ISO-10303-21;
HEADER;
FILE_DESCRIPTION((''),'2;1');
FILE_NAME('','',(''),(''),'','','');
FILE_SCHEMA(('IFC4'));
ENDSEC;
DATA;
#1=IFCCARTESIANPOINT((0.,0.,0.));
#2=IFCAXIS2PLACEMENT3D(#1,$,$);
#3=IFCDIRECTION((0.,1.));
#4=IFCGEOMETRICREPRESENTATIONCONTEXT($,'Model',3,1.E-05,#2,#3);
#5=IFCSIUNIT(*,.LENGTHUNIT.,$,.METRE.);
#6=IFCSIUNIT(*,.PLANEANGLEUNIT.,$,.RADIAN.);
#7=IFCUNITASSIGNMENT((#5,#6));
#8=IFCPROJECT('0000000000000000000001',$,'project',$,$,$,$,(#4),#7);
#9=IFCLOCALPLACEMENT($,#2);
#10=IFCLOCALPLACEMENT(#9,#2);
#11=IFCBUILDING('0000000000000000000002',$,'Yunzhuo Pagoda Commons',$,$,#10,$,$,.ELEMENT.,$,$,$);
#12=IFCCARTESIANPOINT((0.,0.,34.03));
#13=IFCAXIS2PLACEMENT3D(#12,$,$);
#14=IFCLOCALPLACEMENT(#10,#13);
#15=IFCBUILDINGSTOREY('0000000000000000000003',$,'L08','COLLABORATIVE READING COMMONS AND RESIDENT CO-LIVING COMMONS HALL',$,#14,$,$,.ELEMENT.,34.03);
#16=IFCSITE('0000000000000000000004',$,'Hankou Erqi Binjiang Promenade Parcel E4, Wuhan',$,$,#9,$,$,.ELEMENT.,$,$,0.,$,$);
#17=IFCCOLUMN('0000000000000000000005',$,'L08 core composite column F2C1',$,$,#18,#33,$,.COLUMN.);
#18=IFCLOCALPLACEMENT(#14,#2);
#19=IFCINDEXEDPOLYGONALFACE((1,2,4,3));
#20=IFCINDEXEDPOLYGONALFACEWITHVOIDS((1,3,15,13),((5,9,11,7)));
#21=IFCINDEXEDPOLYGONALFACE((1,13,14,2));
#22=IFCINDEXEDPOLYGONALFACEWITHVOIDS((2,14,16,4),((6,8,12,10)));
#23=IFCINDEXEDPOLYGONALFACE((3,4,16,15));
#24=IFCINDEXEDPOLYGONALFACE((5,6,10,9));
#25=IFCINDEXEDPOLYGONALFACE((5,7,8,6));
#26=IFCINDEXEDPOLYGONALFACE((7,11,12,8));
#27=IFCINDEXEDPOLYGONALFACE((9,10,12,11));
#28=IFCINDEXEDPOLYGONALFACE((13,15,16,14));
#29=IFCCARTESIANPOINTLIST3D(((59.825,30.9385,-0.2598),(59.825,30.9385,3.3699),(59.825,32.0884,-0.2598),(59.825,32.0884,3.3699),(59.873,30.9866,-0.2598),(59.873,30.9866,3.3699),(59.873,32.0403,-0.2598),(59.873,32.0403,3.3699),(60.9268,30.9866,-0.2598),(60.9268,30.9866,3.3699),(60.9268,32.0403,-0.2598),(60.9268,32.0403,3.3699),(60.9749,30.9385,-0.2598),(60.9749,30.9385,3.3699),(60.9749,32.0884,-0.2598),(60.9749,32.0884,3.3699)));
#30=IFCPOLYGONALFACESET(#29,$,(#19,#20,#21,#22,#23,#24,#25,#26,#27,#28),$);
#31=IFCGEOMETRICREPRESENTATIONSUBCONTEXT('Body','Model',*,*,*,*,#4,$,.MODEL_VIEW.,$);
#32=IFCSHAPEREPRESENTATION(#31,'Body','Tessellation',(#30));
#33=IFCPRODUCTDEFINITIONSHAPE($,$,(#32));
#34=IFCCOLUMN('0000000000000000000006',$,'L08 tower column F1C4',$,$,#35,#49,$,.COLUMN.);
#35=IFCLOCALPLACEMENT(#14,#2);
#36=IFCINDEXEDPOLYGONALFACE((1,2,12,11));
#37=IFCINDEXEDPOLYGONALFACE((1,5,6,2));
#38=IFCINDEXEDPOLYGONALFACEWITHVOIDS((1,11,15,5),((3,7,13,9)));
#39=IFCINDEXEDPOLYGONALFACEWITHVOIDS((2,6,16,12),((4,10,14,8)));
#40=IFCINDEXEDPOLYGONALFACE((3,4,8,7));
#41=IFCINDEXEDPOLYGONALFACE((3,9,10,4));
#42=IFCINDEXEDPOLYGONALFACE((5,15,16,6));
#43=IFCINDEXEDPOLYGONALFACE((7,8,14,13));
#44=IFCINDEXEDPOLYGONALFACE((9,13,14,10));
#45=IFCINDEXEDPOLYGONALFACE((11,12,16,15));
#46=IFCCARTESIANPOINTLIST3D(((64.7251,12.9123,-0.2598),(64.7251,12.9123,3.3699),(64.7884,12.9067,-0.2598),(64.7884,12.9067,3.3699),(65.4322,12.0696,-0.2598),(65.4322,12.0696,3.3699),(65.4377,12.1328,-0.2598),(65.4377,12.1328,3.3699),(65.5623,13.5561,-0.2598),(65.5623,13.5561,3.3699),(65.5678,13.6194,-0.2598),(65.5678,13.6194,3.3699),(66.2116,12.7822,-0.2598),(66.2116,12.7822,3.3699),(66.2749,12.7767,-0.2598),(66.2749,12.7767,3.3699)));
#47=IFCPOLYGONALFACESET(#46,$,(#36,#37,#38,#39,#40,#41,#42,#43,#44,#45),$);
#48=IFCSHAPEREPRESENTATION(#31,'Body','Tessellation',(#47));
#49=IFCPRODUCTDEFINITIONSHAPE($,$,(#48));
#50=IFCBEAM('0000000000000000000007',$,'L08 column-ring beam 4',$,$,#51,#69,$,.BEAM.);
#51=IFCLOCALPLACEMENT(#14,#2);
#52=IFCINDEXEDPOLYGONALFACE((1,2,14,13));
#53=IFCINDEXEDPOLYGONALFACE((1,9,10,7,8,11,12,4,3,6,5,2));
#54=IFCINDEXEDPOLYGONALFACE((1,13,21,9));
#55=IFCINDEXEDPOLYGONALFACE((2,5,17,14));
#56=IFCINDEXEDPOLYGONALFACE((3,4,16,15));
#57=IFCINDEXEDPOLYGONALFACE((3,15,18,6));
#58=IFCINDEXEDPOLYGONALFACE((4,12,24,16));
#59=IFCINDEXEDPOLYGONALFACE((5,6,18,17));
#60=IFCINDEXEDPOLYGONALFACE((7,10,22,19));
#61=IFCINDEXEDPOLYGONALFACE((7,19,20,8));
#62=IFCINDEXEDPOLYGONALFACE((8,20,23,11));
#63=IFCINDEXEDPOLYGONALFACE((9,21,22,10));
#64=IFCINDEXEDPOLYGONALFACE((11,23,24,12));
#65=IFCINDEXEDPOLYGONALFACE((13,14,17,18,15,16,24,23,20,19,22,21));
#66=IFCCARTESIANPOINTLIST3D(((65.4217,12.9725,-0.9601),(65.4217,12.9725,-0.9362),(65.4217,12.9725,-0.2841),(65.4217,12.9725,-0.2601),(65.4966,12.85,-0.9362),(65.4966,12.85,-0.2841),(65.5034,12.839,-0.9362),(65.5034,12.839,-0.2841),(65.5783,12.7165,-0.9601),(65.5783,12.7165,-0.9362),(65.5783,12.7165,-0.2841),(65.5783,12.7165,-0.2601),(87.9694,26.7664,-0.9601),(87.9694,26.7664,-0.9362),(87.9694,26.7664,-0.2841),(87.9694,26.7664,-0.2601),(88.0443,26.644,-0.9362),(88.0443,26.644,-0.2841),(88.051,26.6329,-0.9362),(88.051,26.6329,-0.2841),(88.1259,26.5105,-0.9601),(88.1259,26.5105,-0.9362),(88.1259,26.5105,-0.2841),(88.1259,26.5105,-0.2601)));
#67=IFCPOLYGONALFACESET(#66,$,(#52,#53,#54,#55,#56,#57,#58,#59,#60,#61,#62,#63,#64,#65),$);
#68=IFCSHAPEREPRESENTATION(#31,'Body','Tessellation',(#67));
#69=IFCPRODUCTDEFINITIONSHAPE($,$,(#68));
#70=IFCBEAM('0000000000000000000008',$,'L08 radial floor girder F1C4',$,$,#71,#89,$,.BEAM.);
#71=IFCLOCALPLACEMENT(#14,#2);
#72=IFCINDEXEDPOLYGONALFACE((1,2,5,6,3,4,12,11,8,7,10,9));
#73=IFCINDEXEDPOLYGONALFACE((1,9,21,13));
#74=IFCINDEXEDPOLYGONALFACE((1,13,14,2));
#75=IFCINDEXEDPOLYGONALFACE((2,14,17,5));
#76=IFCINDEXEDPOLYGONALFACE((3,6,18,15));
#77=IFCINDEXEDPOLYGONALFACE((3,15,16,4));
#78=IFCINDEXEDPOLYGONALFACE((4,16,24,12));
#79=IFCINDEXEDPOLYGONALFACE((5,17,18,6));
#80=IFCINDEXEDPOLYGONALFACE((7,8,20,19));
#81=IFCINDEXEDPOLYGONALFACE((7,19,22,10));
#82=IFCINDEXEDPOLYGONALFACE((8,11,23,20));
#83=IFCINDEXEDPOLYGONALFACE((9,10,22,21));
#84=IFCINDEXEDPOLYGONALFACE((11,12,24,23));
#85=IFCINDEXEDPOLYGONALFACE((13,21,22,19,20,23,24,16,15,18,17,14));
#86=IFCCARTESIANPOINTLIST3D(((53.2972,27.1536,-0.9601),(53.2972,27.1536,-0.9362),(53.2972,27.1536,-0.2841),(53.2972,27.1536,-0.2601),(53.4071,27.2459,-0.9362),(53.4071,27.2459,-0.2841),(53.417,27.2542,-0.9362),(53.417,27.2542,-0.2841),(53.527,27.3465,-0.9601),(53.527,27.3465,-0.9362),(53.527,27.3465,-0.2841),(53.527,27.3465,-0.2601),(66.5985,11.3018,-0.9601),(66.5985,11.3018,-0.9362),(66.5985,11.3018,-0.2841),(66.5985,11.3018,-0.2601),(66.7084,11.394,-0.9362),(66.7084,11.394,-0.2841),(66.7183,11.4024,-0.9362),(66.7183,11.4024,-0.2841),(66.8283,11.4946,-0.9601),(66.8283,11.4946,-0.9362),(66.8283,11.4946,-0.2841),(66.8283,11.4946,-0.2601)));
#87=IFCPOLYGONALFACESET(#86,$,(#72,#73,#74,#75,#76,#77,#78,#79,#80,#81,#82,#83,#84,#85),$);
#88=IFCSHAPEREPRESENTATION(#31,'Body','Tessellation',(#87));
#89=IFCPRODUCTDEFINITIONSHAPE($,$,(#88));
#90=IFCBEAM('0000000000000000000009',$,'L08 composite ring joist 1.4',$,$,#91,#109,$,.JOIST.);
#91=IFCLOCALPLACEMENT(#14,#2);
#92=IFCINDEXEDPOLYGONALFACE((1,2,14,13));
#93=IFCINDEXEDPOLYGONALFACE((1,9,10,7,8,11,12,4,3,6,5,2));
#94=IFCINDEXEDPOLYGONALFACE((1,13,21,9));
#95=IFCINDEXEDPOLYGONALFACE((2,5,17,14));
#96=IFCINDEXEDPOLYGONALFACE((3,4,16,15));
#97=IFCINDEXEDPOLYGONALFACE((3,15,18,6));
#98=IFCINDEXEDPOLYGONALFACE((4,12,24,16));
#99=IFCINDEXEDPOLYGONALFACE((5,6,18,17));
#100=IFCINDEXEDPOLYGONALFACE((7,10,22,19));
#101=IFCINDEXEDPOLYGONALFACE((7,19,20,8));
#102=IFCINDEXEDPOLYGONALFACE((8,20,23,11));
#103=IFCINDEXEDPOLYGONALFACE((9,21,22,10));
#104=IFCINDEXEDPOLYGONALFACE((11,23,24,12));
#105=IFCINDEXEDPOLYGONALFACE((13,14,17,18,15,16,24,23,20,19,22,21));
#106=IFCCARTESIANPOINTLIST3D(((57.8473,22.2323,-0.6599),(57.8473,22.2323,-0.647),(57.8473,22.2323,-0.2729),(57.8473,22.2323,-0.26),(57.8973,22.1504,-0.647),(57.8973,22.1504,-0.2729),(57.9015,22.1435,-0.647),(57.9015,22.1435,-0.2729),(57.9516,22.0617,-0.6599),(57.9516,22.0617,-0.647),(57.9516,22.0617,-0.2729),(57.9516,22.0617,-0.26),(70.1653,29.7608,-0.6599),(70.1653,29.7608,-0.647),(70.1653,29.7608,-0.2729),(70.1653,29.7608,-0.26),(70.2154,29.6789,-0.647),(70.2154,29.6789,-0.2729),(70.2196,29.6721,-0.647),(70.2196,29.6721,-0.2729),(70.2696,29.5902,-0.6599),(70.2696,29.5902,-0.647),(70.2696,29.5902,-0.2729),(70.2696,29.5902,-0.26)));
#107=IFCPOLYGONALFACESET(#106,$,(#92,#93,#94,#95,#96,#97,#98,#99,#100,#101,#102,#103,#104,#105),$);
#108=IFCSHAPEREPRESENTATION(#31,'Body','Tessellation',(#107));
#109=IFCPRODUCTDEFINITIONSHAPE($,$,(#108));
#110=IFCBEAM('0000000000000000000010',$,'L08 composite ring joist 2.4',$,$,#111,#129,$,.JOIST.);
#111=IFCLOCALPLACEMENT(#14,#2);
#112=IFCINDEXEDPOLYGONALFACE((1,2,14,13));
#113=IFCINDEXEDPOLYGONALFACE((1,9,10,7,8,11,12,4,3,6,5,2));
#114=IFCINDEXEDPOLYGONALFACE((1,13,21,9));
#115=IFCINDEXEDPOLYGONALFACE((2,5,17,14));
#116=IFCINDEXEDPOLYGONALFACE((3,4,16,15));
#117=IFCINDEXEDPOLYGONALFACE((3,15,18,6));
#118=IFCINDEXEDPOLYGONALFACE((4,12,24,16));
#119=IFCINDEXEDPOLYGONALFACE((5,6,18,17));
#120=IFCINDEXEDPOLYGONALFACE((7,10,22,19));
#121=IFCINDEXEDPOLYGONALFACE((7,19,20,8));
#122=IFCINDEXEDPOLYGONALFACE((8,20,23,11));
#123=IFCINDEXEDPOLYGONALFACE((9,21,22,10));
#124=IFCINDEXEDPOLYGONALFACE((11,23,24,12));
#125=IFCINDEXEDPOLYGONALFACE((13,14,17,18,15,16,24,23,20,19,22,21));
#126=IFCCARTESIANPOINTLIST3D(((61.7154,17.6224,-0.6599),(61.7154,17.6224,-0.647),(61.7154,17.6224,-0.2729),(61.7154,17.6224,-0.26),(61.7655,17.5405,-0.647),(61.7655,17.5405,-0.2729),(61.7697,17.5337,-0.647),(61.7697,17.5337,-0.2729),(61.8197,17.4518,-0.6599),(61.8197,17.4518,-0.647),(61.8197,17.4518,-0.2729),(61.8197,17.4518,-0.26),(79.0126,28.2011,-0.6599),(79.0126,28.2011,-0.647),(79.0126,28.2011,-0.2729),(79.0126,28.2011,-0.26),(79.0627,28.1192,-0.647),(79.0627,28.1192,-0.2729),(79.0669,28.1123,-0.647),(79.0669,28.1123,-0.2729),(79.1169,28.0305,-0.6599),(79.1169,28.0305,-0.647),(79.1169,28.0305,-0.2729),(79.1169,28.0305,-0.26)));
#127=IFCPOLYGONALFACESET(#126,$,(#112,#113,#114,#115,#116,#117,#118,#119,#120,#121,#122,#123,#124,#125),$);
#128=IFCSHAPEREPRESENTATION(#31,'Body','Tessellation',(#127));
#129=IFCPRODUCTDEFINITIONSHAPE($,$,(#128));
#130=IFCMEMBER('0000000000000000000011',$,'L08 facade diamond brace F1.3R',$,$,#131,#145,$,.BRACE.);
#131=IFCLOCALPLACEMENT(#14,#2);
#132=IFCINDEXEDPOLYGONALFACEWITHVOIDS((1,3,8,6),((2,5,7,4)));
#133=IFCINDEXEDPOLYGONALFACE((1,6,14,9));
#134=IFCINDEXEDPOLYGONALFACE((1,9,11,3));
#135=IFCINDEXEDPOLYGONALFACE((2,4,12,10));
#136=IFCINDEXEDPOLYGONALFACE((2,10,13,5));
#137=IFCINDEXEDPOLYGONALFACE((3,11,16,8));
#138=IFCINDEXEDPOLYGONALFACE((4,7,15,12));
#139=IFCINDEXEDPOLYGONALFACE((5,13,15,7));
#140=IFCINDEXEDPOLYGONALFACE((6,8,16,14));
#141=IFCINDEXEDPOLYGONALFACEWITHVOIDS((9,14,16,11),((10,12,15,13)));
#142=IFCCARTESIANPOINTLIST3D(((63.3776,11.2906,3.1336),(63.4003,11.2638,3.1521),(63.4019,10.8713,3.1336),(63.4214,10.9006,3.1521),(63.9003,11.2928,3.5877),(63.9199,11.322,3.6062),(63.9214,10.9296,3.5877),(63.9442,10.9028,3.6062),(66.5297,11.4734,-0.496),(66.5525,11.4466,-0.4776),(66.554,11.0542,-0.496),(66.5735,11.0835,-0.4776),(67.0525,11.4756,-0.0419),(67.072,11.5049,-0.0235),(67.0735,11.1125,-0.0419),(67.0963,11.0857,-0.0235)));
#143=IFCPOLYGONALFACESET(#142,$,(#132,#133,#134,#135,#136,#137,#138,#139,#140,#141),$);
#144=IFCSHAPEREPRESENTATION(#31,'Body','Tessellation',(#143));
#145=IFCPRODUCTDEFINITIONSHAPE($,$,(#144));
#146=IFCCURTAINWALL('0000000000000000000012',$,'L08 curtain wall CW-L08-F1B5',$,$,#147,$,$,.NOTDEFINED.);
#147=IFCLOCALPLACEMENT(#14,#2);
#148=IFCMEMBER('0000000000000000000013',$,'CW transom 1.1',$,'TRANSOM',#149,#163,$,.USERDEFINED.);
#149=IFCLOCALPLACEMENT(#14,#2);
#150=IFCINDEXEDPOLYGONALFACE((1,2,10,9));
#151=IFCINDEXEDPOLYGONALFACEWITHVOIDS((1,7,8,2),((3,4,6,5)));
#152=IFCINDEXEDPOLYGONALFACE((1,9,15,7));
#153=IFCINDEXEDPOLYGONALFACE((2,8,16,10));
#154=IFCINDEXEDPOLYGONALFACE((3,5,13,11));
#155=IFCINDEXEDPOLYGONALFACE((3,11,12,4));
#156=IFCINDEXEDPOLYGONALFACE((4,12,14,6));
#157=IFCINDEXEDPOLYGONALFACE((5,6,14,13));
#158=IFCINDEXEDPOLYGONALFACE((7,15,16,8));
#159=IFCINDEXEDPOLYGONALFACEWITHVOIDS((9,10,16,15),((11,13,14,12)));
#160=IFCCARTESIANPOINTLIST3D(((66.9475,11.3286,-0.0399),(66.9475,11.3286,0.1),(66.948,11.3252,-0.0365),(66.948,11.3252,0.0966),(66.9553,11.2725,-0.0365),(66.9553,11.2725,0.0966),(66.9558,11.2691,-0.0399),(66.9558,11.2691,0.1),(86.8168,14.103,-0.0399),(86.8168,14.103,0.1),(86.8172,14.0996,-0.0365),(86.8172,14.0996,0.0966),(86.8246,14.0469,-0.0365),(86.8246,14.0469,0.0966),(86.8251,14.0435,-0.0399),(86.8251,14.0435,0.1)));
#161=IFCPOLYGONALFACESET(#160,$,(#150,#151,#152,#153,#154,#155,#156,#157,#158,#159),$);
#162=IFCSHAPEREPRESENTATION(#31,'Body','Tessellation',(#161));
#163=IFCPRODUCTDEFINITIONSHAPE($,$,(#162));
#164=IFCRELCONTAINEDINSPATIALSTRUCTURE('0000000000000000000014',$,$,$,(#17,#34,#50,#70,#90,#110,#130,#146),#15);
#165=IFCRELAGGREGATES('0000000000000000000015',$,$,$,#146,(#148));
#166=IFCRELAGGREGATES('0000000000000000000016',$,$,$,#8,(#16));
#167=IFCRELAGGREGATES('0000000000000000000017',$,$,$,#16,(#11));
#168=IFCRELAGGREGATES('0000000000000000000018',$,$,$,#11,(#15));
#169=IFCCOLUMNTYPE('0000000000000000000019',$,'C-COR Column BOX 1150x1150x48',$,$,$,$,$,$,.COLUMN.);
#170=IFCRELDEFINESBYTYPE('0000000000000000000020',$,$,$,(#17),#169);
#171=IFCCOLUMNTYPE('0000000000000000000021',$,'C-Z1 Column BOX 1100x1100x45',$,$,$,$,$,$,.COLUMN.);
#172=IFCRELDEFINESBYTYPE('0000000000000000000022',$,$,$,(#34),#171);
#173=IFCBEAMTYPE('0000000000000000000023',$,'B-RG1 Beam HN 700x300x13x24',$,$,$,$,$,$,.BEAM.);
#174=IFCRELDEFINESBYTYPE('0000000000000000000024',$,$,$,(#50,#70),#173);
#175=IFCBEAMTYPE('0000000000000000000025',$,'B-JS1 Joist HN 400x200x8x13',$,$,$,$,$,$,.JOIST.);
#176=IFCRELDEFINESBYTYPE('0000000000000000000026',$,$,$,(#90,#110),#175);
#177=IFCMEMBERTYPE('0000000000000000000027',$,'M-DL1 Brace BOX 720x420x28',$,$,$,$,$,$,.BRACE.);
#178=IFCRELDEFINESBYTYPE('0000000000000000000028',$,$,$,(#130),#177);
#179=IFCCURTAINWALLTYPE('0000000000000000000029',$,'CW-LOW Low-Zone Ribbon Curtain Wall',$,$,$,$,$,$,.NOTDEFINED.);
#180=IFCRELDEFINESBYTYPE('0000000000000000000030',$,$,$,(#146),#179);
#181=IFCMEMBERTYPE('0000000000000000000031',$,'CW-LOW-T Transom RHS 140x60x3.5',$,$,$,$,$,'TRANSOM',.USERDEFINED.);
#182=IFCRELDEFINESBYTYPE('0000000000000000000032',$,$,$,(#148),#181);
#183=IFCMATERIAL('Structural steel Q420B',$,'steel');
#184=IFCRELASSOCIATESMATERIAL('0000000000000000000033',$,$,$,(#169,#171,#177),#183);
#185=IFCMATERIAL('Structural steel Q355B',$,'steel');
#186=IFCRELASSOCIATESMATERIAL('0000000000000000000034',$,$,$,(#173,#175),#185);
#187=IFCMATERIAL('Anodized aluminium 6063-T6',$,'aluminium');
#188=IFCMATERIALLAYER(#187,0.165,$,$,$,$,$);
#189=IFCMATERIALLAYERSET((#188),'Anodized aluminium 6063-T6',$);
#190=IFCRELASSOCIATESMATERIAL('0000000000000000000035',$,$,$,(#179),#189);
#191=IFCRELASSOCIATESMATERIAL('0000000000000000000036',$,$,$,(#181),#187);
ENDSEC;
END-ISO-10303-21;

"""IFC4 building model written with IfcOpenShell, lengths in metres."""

from ifc_helpers import new_model, si_unit, direction, frame, origin, origin_2d, place, context, subcontext, project, spatial, hollow_rectangle, i_section, extrude, source, transform, mapped, material, layer, layer_set, material_profile, profile_set, type_object, element, aggregate, save


model = new_model("IFC4")

# Units and contexts
model_context = context("Model", 3, precision=1e-05, world=origin(), true_north=direction((0.0, 1.0)))
body_context = subcontext(model_context, "Body", "Model", "MODEL_VIEW")
ifc_project = project(units=[si_unit("LENGTHUNIT", "METRE"), si_unit("PLANEANGLEUNIT", "RADIAN")], contexts=[model_context])

# Site, building, storey
site_placement = place(None, origin())
site = spatial("IfcSite", under=ifc_project, at=site_placement, Name="Hankou Erqi Binjiang Promenade Parcel E4, Wuhan", CompositionType="ELEMENT", RefElevation=0.0)
building_placement = place(site_placement, origin())
building = spatial("IfcBuilding", under=site, at=building_placement, Name="Yunzhuo Pagoda Commons", CompositionType="ELEMENT")
storey_placement = place(building_placement, frame((0.0, 0.0, 34.03)))
storey = spatial("IfcBuildingStorey", under=building, at=storey_placement, Name="L08", Description="COLLABORATIVE READING COMMONS AND RESIDENT CO-LIVING COMMONS HALL", CompositionType="ELEMENT", Elevation=34.03)

# Columns
ifc_material_1 = material(Name="Structural steel Q420B", Category="steel")
ifc_material_profile_1 = material_profile(ifc_material_1, hollow_rectangle(XDim=1.1499, YDim=1.1499, WallThickness=0.0481, at=origin_2d()), Name="Structural steel Q420B")
ifc_profile_set_1 = profile_set([ifc_material_profile_1], Name="Structural steel Q420B")
column_type_1 = type_object("IfcColumnType", Name="C-COR Column BOX 1150x1150x48", PredefinedType="COLUMN", material=ifc_profile_set_1)
shared_shape_1 = source(origin(), body_context, "Body", "SweptSolid", [
    extrude(hollow_rectangle(XDim=1.1499, YDim=1.1499, WallThickness=0.0481, at=origin_2d()), origin(), (0.0, 0.0, 1.0), 3.6296),
])
column_1_placement = place(storey_placement, frame((60.3999, 31.5134, -0.2598), z_axis=(0.0, 0.0, 1.0), x_axis=(1.0, 0.0, 0.0)))
element("IfcColumn", 1, at=column_1_placement, inside=storey, type_object=column_type_1, Name="L08 core composite column F2C1", PredefinedType="COLUMN", context=body_context, shape_type="MappedRepresentation", body=[
    mapped(shared_shape_1, transform((0.0, 0.0, 0.0), scale=1.0)),
])
ifc_material_profile_2 = material_profile(ifc_material_1, hollow_rectangle(XDim=1.1001, YDim=1.1001, WallThickness=0.0449, at=origin_2d()), Name="Structural steel Q420B")
ifc_profile_set_2 = profile_set([ifc_material_profile_2], Name="Structural steel Q420B")
column_type_2 = type_object("IfcColumnType", Name="C-Z1 Column BOX 1100x1100x45", PredefinedType="COLUMN", material=ifc_profile_set_2)
shared_shape_2 = source(origin(), body_context, "Body", "SweptSolid", [
    extrude(hollow_rectangle(XDim=1.1001, YDim=1.1001, WallThickness=0.0449, at=origin_2d()), origin(), (0.0, 0.0, 1.0), 3.6296),
])
column_2_placement = place(storey_placement, frame((65.5, 12.8445, -0.2598), z_axis=(0.0, 0.0, 1.0), x_axis=(0.766044, 0.642788, 0.0)))
element("IfcColumn", 2, at=column_2_placement, inside=storey, type_object=column_type_2, Name="L08 tower column F1C4", PredefinedType="COLUMN", context=body_context, shape_type="MappedRepresentation", body=[
    mapped(shared_shape_2, transform((0.0, 0.0, 0.0), scale=1.0)),
])

# Beams
ifc_material_2 = material(Name="Structural steel Q355B", Category="steel")
ifc_material_profile_3 = material_profile(ifc_material_2, i_section(OverallWidth=0.3, OverallDepth=0.7, WebThickness=0.0129, FlangeThickness=0.0239, at=origin_2d()), Name="Structural steel Q355B")
ifc_profile_set_3 = profile_set([ifc_material_profile_3], Name="Structural steel Q355B")
beam_type_1 = type_object("IfcBeamType", Name="B-RG1 Beam HN 700x300x13x24", PredefinedType="BEAM", material=ifc_profile_set_3)
shared_shape_3 = source(origin(), body_context, "Body", "SweptSolid", [
    extrude(i_section(OverallWidth=0.3, OverallDepth=0.7, WebThickness=0.0129, FlangeThickness=0.0239, at=origin_2d()), origin(), (0.0, 0.0, 1.0), 26.4324),
])
beam_1_placement = place(storey_placement, frame((65.5, 12.8445, -0.6101), z_axis=(0.853032, 0.521859, 0.0), x_axis=(-0.521859, 0.853032, 0.0)))
element("IfcBeam", 3, at=beam_1_placement, inside=storey, type_object=beam_type_1, Name="L08 column-ring beam 4", PredefinedType="BEAM", context=body_context, shape_type="MappedRepresentation", body=[
    mapped(shared_shape_3, transform((0.0, 0.0, 0.0), scale=1.0)),
])
shared_shape_4 = source(origin(), body_context, "Body", "SweptSolid", [
    extrude(i_section(OverallWidth=0.3, OverallDepth=0.7, WebThickness=0.0129, FlangeThickness=0.0239, at=origin_2d()), origin(), (0.0, 0.0, 1.0), 20.6931),
])
beam_2_placement = place(storey_placement, frame((66.7134, 11.3982, -0.6101), z_axis=(-0.642788, 0.766044, 0.0), x_axis=(-0.766044, -0.642788, 0.0)))
element("IfcBeam", 4, at=beam_2_placement, inside=storey, type_object=beam_type_1, Name="L08 radial floor girder F1C4", PredefinedType="BEAM", context=body_context, shape_type="MappedRepresentation", body=[
    mapped(shared_shape_4, transform((0.0, 0.0, 0.0), scale=1.0)),
])
ifc_material_profile_4 = material_profile(ifc_material_2, i_section(OverallWidth=0.2, OverallDepth=0.3999, WebThickness=0.0081, FlangeThickness=0.0129, at=origin_2d()), Name="Structural steel Q355B")
ifc_profile_set_4 = profile_set([ifc_material_profile_4], Name="Structural steel Q355B")
beam_type_2 = type_object("IfcBeamType", Name="B-JS1 Joist HN 400x200x8x13", PredefinedType="JOIST", material=ifc_profile_set_4)
shared_shape_5 = source(origin(), body_context, "Body", "SweptSolid", [
    extrude(i_section(OverallWidth=0.2, OverallDepth=0.3999, WebThickness=0.0081, FlangeThickness=0.0129, at=origin_2d()), origin(), (0.0, 0.0, 1.0), 14.4365),
])
beam_3_placement = place(storey_placement, frame((57.8994, 22.147, -0.46), z_axis=(0.853256, 0.521492, 0.0), x_axis=(-0.521492, 0.853256, 0.0)))
element("IfcBeam", 5, at=beam_3_placement, inside=storey, type_object=beam_type_2, Name="L08 composite ring joist 1.4", PredefinedType="JOIST", context=body_context, shape_type="MappedRepresentation", body=[
    mapped(shared_shape_5, transform((0.0, 0.0, 0.0), scale=1.0)),
])
shared_shape_6 = source(origin(), body_context, "Body", "SweptSolid", [
    extrude(i_section(OverallWidth=0.2, OverallDepth=0.3999, WebThickness=0.0081, FlangeThickness=0.0129, at=origin_2d()), origin(), (0.0, 0.0, 1.0), 20.2756),
])
beam_4_placement = place(storey_placement, frame((61.7676, 17.5371, -0.46), z_axis=(0.853103, 0.521743, 0.0), x_axis=(-0.521743, 0.853103, 0.0)))
element("IfcBeam", 6, at=beam_4_placement, inside=storey, type_object=beam_type_2, Name="L08 composite ring joist 2.4", PredefinedType="JOIST", context=body_context, shape_type="MappedRepresentation", body=[
    mapped(shared_shape_6, transform((0.0, 0.0, 0.0), scale=1.0)),
])

# Member
ifc_material_profile_5 = material_profile(ifc_material_1, hollow_rectangle(XDim=0.4199, YDim=0.72, WallThickness=0.0281, at=origin_2d()), Name="Structural steel Q420B")
ifc_profile_set_5 = profile_set([ifc_material_profile_5], Name="Structural steel Q420B")
member_type_1 = type_object("IfcMemberType", Name="M-DL1 Brace BOX 720x420x28", PredefinedType="BRACE", material=ifc_profile_set_5)
shared_shape_7 = source(origin(), body_context, "Body", "SweptSolid", [
    extrude(hollow_rectangle(XDim=0.4199, YDim=0.72, WallThickness=0.0281, at=origin_2d()), origin(), (0.0, 0.0, 1.0), 4.8108),
])
member_1_placement = place(storey_placement, frame((66.813, 11.2795, -0.2598), z_axis=(-0.655218, -0.038011, 0.754483), x_axis=(0.057915, -0.998322, 0.0)))
element("IfcMember", 7, at=member_1_placement, inside=storey, type_object=member_type_1, Name="L08 facade diamond brace F1.3R", PredefinedType="BRACE", context=body_context, shape_type="MappedRepresentation", body=[
    mapped(shared_shape_7, transform((0.0, 0.0, 0.0), scale=1.0)),
])

# Curtain wall, member
ifc_material_3 = material(Name="Anodized aluminium 6063-T6", Category="aluminium")
ifc_layer_1 = layer(ifc_material_3, 0.165)
ifc_layer_set_1 = layer_set([ifc_layer_1], Name="Anodized aluminium 6063-T6")
curtain_wall_type = type_object("IfcCurtainWallType", Name="CW-LOW Low-Zone Ribbon Curtain Wall", PredefinedType="NOTDEFINED", material=ifc_layer_set_1)
curtain_wall_1_placement = place(storey_placement, origin())
curtain_wall_1 = element("IfcCurtainWall", 8, at=curtain_wall_1_placement, inside=storey, type_object=curtain_wall_type, Name="L08 curtain wall CW-L08-F1B5", PredefinedType="NOTDEFINED")
ifc_material_profile_6 = material_profile(ifc_material_3, hollow_rectangle(XDim=0.0601, YDim=0.1399, WallThickness=0.0034, at=origin_2d()), Name="Anodized aluminium 6063-T6")
ifc_profile_set_6 = profile_set([ifc_material_profile_6], Name="Anodized aluminium 6063-T6")
member_type_2 = type_object("IfcMemberType", Name="CW-LOW-T Transom RHS 140x60x3.5", ElementType="TRANSOM", PredefinedType="USERDEFINED", material=ifc_profile_set_6)
shared_shape_8 = source(origin(), body_context, "Body", "SweptSolid", [
    extrude(hollow_rectangle(XDim=0.0601, YDim=0.1399, WallThickness=0.0034, at=origin_2d()), origin(), (0.0, 0.0, 1.0), 20.062),
])
member_2_placement = place(storey_placement, frame((66.9517, 11.2988, 0.03), z_axis=(0.990391, 0.138293, 0.0), x_axis=(-0.138293, 0.990391, 0.0)))
member_2 = element("IfcMember", 9, at=member_2_placement, type_object=member_type_2, Name="CW transom 1.1", ObjectType="TRANSOM", PredefinedType="USERDEFINED", context=body_context, shape_type="MappedRepresentation", body=[
    mapped(shared_shape_8, transform((0.0, 0.0, 0.0), scale=1.0)),
])

aggregate(curtain_wall_1, [member_2])

save(model, "model.ifc")
